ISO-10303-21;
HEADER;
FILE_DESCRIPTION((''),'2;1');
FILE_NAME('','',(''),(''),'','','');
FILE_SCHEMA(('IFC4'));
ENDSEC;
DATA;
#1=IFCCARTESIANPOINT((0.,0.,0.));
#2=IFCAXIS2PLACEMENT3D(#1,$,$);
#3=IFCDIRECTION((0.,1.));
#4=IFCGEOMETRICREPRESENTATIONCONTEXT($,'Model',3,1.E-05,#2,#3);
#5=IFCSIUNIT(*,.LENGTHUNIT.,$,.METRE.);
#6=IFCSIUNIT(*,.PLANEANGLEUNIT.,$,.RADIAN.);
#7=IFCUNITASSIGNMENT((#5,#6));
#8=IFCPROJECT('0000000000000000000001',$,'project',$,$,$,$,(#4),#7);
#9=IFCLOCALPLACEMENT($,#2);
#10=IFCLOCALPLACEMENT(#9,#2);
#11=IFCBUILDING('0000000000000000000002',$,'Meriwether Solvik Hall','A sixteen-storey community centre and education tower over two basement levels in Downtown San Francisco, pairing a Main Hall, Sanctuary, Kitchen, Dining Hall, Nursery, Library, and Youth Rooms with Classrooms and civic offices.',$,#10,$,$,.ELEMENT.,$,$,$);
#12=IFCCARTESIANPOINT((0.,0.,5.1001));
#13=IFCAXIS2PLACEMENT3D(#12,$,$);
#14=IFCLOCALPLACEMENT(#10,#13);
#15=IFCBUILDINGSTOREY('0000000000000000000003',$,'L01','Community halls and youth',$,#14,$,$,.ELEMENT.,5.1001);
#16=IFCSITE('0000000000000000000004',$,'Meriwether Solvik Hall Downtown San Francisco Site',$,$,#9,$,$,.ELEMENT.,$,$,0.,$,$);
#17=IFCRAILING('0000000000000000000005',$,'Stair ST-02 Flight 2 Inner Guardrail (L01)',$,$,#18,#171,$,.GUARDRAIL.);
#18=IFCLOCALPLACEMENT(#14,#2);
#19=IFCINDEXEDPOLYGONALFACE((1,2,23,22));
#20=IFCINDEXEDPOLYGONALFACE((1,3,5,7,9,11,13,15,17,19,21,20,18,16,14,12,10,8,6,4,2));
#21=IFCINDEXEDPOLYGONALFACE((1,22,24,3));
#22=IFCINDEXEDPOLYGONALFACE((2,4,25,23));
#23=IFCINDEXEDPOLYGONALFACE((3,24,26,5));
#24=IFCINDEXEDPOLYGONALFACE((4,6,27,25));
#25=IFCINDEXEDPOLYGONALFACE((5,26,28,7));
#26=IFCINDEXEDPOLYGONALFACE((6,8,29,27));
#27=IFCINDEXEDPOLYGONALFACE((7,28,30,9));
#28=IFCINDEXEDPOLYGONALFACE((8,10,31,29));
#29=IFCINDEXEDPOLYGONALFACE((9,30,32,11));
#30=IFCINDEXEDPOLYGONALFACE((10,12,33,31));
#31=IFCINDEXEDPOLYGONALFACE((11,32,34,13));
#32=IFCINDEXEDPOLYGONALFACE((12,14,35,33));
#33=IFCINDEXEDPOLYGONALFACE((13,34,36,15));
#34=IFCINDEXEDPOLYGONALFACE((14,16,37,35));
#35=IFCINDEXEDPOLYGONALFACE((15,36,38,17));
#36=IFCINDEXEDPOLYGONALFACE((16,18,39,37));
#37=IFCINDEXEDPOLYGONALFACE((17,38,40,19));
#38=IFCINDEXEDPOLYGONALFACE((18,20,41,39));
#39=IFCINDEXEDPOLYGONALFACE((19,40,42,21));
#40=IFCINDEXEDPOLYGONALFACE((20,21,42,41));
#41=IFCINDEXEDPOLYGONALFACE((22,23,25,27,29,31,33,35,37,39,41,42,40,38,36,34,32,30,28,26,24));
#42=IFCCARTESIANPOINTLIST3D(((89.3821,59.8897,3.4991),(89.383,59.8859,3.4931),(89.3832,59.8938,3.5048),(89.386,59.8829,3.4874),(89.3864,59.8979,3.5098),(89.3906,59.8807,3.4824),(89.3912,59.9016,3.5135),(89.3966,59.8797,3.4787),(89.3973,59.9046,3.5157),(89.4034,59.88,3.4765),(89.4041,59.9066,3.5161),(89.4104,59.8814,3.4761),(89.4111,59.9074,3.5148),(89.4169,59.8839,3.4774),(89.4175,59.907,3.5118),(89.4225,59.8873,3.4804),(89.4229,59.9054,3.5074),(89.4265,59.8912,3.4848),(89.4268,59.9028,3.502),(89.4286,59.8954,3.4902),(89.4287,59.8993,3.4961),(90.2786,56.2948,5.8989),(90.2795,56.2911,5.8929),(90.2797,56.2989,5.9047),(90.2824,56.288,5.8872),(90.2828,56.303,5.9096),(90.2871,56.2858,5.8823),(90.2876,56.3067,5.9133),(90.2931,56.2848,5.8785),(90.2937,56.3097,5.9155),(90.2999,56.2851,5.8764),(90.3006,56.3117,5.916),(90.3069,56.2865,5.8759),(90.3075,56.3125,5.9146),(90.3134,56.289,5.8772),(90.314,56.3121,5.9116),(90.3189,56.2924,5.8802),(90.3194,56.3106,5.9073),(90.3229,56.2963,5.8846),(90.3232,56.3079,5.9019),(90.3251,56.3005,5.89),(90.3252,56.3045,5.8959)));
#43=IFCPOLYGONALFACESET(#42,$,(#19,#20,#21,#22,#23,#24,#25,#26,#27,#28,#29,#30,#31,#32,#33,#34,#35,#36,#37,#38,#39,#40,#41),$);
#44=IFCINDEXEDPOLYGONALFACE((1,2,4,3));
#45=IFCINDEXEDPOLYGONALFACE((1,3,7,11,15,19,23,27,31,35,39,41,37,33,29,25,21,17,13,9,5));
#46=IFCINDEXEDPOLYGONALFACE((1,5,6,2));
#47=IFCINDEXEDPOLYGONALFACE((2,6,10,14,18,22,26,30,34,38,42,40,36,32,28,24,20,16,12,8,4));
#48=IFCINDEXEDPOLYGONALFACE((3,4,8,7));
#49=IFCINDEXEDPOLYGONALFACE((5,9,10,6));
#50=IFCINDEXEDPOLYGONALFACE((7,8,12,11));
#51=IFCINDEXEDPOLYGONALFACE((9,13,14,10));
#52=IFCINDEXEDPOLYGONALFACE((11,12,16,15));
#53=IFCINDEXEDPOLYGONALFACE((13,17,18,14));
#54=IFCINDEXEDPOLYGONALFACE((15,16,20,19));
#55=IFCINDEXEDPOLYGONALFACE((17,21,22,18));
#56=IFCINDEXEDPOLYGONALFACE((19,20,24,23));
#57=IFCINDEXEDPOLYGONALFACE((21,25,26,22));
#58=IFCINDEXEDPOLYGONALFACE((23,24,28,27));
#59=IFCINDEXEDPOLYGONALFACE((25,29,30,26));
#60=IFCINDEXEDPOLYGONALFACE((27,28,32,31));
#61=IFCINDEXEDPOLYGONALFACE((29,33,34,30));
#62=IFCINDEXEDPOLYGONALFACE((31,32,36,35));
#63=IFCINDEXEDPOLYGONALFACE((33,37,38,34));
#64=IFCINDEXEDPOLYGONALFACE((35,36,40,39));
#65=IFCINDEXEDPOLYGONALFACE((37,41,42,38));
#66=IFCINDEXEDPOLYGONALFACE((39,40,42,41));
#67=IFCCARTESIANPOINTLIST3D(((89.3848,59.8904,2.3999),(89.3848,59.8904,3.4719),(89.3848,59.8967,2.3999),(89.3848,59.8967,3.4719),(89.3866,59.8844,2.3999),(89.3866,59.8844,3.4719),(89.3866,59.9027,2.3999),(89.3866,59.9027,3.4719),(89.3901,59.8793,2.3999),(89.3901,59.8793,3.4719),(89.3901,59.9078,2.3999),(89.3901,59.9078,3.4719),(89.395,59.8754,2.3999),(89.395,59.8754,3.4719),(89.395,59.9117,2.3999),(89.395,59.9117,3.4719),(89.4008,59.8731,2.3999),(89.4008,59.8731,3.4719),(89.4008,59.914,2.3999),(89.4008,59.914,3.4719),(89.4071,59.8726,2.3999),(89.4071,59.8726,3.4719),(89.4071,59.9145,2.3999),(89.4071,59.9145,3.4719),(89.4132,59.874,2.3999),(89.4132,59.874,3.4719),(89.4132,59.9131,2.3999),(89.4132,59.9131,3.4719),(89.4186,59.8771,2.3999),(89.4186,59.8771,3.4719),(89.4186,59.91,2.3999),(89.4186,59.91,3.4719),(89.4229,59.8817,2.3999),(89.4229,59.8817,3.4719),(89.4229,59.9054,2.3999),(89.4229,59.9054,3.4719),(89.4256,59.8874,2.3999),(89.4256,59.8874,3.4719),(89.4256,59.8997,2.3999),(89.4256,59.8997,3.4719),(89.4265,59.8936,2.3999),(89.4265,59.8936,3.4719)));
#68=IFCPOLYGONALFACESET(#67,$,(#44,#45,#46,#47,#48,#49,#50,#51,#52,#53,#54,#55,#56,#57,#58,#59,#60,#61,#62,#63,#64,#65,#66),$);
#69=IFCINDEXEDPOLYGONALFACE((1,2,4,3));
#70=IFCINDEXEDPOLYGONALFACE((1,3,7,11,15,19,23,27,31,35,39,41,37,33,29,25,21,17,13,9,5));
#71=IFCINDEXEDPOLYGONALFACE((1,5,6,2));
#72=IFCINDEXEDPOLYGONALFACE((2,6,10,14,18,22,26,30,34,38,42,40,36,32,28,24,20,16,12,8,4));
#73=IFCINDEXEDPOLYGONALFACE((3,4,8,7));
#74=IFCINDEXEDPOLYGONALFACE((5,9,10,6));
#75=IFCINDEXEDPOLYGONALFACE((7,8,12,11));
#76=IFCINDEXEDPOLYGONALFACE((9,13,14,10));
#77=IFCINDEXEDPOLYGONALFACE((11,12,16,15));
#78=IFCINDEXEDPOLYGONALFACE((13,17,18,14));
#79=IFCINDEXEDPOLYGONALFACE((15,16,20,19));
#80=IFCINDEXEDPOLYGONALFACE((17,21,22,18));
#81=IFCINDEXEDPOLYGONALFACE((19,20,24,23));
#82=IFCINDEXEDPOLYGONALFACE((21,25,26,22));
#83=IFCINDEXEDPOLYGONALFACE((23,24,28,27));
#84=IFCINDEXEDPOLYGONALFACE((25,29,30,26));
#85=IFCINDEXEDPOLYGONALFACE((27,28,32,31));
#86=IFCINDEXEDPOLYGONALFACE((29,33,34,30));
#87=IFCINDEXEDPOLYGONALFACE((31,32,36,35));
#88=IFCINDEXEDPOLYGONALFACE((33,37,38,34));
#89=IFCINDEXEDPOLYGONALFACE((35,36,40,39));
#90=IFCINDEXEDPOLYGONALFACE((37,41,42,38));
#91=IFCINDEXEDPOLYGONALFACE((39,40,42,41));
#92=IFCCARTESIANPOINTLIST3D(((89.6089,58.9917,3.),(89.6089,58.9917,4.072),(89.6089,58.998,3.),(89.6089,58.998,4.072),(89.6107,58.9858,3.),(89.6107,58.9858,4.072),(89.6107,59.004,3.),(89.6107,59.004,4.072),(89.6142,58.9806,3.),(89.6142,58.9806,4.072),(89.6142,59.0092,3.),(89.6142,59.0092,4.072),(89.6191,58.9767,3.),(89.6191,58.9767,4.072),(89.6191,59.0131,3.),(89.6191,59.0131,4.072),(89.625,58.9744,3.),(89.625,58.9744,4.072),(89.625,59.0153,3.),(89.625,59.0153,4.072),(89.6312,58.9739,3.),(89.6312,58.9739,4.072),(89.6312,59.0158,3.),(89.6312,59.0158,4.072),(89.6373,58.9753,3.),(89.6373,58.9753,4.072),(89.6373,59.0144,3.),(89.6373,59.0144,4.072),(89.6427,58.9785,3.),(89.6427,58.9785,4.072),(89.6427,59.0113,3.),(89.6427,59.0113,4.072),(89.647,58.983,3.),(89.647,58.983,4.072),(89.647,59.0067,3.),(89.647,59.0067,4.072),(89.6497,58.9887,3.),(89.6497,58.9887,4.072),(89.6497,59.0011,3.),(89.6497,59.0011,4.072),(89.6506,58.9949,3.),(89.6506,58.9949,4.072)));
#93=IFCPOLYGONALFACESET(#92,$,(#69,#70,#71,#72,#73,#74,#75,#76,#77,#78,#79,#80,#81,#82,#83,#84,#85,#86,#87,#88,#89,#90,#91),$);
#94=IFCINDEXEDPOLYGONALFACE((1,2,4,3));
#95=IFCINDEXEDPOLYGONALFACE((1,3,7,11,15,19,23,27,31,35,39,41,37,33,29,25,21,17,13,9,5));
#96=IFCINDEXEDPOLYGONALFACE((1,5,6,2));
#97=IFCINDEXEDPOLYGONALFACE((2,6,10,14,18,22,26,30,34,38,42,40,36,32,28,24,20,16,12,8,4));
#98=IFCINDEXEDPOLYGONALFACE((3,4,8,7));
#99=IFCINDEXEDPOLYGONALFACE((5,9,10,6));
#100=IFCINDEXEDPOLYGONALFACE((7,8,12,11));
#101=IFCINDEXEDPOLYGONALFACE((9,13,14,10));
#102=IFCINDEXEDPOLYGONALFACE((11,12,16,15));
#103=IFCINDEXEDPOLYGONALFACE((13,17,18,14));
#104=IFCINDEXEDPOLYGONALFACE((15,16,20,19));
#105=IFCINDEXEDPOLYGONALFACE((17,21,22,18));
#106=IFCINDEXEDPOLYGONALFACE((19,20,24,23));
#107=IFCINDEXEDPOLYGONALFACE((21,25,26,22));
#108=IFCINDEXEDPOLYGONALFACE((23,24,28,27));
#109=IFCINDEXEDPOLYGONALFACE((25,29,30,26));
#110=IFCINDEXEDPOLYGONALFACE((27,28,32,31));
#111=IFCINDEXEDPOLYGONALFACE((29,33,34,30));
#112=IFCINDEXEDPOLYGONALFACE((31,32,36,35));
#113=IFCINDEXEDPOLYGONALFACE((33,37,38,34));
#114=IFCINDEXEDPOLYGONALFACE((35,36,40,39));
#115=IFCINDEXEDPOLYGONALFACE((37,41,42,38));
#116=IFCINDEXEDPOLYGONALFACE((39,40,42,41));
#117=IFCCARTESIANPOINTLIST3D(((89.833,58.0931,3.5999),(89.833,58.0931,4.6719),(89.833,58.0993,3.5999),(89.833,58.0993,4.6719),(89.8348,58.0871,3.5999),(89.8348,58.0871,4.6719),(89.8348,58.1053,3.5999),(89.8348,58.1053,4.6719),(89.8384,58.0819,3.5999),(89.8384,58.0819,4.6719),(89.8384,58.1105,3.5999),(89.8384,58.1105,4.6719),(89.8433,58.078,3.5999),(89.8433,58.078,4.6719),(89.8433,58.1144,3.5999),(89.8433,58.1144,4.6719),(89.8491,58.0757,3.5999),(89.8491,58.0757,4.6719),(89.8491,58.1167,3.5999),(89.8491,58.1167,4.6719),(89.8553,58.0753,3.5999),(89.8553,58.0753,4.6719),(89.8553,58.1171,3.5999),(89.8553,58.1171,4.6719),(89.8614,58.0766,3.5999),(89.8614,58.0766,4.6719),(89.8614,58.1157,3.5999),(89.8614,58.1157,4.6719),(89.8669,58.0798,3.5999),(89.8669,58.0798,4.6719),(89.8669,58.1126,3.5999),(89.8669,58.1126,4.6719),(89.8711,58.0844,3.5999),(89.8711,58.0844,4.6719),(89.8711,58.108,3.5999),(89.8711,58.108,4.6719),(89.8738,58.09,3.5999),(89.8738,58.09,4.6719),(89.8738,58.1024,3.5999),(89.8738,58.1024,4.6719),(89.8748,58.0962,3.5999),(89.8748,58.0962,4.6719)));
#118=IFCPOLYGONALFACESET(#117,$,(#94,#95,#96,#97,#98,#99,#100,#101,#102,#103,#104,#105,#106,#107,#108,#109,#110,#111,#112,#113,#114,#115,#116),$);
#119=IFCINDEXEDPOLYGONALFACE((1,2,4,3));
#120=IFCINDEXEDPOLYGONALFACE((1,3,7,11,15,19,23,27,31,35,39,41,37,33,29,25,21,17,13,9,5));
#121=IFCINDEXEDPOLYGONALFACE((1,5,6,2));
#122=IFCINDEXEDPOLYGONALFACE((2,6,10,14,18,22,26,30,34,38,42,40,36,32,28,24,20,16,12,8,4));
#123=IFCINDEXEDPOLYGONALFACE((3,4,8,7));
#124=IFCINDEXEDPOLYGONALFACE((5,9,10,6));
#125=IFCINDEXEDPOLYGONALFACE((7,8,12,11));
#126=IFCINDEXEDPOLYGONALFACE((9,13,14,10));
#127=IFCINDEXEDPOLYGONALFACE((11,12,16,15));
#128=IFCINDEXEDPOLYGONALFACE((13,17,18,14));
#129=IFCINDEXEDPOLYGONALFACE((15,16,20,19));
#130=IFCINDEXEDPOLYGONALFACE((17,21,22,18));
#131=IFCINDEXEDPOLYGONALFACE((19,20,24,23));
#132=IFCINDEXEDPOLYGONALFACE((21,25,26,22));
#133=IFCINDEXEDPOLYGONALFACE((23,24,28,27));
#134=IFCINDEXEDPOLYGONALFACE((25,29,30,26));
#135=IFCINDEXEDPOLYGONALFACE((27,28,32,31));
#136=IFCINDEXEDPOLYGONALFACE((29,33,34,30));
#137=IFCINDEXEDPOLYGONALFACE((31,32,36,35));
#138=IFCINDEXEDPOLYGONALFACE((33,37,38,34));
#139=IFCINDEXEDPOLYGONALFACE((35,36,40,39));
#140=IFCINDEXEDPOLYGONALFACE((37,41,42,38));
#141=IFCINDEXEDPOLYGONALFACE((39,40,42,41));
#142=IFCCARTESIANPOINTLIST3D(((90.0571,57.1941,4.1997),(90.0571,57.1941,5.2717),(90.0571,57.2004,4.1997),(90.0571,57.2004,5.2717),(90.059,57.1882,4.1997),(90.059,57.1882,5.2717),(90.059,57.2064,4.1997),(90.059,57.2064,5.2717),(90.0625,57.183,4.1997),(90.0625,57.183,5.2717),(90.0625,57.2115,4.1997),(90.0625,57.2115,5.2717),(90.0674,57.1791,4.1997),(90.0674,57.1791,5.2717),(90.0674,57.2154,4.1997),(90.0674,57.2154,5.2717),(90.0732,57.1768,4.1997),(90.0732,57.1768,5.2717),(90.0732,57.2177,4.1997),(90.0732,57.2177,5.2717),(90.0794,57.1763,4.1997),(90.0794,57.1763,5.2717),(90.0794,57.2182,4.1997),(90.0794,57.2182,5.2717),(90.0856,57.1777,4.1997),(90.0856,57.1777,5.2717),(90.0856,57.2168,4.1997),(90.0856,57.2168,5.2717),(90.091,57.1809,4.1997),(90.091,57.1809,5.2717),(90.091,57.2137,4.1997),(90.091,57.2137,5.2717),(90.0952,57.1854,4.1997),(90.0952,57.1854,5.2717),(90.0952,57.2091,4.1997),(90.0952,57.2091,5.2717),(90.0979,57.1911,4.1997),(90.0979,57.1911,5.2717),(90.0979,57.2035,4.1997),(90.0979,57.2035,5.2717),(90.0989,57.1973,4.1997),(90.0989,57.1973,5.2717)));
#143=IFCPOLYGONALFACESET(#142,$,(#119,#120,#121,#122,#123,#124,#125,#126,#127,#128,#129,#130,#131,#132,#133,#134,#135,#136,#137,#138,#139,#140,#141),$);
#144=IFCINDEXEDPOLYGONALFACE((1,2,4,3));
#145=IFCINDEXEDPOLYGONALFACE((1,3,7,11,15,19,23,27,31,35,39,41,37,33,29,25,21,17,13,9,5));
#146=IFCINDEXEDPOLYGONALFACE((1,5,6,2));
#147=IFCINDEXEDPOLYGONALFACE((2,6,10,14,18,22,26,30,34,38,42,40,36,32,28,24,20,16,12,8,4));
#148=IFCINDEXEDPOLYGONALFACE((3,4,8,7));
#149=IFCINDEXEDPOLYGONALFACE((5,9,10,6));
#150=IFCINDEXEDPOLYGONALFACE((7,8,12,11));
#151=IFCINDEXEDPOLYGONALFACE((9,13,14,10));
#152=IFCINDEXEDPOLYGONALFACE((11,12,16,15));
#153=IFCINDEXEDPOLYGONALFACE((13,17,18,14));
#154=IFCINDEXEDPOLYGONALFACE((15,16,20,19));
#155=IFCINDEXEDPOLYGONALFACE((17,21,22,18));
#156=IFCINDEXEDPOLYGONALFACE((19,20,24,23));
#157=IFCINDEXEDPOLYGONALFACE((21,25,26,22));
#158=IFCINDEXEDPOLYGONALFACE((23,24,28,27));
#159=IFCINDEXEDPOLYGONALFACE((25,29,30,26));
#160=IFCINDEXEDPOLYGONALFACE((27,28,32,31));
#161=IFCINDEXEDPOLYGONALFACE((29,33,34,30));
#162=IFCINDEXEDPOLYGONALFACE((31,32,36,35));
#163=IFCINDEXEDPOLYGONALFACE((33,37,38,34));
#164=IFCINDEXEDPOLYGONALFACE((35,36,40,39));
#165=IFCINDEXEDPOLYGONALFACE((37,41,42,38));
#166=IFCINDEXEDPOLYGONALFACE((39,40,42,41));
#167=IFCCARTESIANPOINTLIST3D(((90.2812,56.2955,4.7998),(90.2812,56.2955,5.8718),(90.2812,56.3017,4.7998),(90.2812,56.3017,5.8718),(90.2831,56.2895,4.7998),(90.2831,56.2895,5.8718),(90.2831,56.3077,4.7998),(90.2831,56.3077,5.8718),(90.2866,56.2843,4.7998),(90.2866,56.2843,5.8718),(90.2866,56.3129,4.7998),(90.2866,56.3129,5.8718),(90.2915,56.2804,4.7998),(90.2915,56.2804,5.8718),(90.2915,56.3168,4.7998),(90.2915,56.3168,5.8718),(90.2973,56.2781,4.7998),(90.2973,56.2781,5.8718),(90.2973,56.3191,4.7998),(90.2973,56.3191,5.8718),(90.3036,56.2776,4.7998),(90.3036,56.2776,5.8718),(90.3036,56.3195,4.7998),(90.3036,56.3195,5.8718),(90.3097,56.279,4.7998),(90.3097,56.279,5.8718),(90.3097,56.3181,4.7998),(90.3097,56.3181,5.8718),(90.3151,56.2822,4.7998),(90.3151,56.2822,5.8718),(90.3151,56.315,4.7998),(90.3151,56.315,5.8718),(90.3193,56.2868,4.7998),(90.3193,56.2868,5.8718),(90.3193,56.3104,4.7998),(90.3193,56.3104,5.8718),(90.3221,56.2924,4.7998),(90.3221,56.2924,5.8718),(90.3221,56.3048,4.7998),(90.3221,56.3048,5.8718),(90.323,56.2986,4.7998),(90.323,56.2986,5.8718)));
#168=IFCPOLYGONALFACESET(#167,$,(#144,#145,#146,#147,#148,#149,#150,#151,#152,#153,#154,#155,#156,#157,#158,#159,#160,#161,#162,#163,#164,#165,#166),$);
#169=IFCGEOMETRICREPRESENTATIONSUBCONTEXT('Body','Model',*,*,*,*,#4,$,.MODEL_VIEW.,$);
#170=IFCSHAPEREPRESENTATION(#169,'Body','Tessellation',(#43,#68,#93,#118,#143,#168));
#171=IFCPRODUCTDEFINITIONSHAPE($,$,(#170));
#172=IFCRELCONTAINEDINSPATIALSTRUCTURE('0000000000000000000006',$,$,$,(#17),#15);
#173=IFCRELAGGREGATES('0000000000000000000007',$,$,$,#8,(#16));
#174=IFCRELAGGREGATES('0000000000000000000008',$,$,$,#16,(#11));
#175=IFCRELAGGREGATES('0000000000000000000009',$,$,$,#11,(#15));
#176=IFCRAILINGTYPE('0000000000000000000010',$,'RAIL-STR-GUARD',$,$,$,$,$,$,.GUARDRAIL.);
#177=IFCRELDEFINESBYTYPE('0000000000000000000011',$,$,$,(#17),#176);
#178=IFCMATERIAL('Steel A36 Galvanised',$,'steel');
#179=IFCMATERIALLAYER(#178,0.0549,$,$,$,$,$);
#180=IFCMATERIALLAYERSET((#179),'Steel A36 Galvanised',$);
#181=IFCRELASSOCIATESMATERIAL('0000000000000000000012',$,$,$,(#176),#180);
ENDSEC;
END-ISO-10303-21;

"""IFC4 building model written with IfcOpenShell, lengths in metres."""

from ifc_helpers import new_model, si_unit, direction, frame, origin, origin_2d, place, context, subcontext, project, spatial, circle, extrude, material, layer, layer_set, type_object, element, save


model = new_model("IFC4")

# Units and contexts
model_context = context("Model", 3, precision=1e-05, world=origin(), true_north=direction((0.0, 1.0)))
body_context = subcontext(model_context, "Body", "Model", "MODEL_VIEW")
ifc_project = project(units=[si_unit("LENGTHUNIT", "METRE"), si_unit("PLANEANGLEUNIT", "RADIAN")], contexts=[model_context])

# Site, building, storey
site_placement = place(None, origin())
site = spatial("IfcSite", under=ifc_project, at=site_placement, Name="Meriwether Solvik Hall Downtown San Francisco Site", CompositionType="ELEMENT", RefElevation=0.0)
building_placement = place(site_placement, origin())
building = spatial("IfcBuilding", under=site, at=building_placement, Name="Meriwether Solvik Hall", Description="A sixteen-storey community centre and education tower over two basement levels in Downtown San Francisco, pairing a Main Hall, Sanctuary, Kitchen, Dining Hall, Nursery, Library, and Youth Rooms with Classrooms and civic offices.", CompositionType="ELEMENT")
storey_placement = place(building_placement, frame((0.0, 0.0, 5.1001)))
storey = spatial("IfcBuildingStorey", under=building, at=storey_placement, Name="L01", Description="Community halls and youth", CompositionType="ELEMENT", Elevation=5.1001)

# Railing
ifc_material_1 = material(Name="Steel A36 Galvanised", Category="steel")
ifc_layer_1 = layer(ifc_material_1, 0.0549)
ifc_layer_set_1 = layer_set([ifc_layer_1], Name="Steel A36 Galvanised")
railing_type_1 = type_object("IfcRailingType", Name="RAIL-STR-GUARD", PredefinedType="GUARDRAIL", material=ifc_layer_set_1)
railing_1_placement = place(storey_placement, frame((89.4055, 59.8936, 2.3999)))
element("IfcRailing", 1, at=railing_1_placement, inside=storey, type_object=railing_type_1, Name="Stair ST-02 Flight 2 Inner Guardrail (L01)", PredefinedType="GUARDRAIL", context=body_context, shape_type="SweptSolid", body=[
    extrude(circle(Radius=0.0239, at=origin_2d()), frame((0.0, 0.0, 1.0962), z_axis=(0.203081, -0.814371, 0.543652), x_axis=(0.970286, 0.241962, 0.0)), (0.0, 0.0, 1.0), 4.4143),
    extrude(circle(Radius=0.021, at=origin_2d()), origin(), (0.0, 0.0, 1.0), 1.072),
    extrude(circle(Radius=0.021, at=origin_2d()), frame((0.2241, -0.8987, 0.6001)), (0.0, 0.0, 1.0), 1.072),
    extrude(circle(Radius=0.021, at=origin_2d()), frame((0.4482, -1.7974, 1.2)), (0.0, 0.0, 1.0), 1.072),
    extrude(circle(Radius=0.021, at=origin_2d()), frame((0.6724, -2.6963, 1.7998)), (0.0, 0.0, 1.0), 1.072),
    extrude(circle(Radius=0.021, at=origin_2d()), frame((0.8965, -3.595, 2.3999)), (0.0, 0.0, 1.0), 1.072),
])

save(model, "model.ifc")
